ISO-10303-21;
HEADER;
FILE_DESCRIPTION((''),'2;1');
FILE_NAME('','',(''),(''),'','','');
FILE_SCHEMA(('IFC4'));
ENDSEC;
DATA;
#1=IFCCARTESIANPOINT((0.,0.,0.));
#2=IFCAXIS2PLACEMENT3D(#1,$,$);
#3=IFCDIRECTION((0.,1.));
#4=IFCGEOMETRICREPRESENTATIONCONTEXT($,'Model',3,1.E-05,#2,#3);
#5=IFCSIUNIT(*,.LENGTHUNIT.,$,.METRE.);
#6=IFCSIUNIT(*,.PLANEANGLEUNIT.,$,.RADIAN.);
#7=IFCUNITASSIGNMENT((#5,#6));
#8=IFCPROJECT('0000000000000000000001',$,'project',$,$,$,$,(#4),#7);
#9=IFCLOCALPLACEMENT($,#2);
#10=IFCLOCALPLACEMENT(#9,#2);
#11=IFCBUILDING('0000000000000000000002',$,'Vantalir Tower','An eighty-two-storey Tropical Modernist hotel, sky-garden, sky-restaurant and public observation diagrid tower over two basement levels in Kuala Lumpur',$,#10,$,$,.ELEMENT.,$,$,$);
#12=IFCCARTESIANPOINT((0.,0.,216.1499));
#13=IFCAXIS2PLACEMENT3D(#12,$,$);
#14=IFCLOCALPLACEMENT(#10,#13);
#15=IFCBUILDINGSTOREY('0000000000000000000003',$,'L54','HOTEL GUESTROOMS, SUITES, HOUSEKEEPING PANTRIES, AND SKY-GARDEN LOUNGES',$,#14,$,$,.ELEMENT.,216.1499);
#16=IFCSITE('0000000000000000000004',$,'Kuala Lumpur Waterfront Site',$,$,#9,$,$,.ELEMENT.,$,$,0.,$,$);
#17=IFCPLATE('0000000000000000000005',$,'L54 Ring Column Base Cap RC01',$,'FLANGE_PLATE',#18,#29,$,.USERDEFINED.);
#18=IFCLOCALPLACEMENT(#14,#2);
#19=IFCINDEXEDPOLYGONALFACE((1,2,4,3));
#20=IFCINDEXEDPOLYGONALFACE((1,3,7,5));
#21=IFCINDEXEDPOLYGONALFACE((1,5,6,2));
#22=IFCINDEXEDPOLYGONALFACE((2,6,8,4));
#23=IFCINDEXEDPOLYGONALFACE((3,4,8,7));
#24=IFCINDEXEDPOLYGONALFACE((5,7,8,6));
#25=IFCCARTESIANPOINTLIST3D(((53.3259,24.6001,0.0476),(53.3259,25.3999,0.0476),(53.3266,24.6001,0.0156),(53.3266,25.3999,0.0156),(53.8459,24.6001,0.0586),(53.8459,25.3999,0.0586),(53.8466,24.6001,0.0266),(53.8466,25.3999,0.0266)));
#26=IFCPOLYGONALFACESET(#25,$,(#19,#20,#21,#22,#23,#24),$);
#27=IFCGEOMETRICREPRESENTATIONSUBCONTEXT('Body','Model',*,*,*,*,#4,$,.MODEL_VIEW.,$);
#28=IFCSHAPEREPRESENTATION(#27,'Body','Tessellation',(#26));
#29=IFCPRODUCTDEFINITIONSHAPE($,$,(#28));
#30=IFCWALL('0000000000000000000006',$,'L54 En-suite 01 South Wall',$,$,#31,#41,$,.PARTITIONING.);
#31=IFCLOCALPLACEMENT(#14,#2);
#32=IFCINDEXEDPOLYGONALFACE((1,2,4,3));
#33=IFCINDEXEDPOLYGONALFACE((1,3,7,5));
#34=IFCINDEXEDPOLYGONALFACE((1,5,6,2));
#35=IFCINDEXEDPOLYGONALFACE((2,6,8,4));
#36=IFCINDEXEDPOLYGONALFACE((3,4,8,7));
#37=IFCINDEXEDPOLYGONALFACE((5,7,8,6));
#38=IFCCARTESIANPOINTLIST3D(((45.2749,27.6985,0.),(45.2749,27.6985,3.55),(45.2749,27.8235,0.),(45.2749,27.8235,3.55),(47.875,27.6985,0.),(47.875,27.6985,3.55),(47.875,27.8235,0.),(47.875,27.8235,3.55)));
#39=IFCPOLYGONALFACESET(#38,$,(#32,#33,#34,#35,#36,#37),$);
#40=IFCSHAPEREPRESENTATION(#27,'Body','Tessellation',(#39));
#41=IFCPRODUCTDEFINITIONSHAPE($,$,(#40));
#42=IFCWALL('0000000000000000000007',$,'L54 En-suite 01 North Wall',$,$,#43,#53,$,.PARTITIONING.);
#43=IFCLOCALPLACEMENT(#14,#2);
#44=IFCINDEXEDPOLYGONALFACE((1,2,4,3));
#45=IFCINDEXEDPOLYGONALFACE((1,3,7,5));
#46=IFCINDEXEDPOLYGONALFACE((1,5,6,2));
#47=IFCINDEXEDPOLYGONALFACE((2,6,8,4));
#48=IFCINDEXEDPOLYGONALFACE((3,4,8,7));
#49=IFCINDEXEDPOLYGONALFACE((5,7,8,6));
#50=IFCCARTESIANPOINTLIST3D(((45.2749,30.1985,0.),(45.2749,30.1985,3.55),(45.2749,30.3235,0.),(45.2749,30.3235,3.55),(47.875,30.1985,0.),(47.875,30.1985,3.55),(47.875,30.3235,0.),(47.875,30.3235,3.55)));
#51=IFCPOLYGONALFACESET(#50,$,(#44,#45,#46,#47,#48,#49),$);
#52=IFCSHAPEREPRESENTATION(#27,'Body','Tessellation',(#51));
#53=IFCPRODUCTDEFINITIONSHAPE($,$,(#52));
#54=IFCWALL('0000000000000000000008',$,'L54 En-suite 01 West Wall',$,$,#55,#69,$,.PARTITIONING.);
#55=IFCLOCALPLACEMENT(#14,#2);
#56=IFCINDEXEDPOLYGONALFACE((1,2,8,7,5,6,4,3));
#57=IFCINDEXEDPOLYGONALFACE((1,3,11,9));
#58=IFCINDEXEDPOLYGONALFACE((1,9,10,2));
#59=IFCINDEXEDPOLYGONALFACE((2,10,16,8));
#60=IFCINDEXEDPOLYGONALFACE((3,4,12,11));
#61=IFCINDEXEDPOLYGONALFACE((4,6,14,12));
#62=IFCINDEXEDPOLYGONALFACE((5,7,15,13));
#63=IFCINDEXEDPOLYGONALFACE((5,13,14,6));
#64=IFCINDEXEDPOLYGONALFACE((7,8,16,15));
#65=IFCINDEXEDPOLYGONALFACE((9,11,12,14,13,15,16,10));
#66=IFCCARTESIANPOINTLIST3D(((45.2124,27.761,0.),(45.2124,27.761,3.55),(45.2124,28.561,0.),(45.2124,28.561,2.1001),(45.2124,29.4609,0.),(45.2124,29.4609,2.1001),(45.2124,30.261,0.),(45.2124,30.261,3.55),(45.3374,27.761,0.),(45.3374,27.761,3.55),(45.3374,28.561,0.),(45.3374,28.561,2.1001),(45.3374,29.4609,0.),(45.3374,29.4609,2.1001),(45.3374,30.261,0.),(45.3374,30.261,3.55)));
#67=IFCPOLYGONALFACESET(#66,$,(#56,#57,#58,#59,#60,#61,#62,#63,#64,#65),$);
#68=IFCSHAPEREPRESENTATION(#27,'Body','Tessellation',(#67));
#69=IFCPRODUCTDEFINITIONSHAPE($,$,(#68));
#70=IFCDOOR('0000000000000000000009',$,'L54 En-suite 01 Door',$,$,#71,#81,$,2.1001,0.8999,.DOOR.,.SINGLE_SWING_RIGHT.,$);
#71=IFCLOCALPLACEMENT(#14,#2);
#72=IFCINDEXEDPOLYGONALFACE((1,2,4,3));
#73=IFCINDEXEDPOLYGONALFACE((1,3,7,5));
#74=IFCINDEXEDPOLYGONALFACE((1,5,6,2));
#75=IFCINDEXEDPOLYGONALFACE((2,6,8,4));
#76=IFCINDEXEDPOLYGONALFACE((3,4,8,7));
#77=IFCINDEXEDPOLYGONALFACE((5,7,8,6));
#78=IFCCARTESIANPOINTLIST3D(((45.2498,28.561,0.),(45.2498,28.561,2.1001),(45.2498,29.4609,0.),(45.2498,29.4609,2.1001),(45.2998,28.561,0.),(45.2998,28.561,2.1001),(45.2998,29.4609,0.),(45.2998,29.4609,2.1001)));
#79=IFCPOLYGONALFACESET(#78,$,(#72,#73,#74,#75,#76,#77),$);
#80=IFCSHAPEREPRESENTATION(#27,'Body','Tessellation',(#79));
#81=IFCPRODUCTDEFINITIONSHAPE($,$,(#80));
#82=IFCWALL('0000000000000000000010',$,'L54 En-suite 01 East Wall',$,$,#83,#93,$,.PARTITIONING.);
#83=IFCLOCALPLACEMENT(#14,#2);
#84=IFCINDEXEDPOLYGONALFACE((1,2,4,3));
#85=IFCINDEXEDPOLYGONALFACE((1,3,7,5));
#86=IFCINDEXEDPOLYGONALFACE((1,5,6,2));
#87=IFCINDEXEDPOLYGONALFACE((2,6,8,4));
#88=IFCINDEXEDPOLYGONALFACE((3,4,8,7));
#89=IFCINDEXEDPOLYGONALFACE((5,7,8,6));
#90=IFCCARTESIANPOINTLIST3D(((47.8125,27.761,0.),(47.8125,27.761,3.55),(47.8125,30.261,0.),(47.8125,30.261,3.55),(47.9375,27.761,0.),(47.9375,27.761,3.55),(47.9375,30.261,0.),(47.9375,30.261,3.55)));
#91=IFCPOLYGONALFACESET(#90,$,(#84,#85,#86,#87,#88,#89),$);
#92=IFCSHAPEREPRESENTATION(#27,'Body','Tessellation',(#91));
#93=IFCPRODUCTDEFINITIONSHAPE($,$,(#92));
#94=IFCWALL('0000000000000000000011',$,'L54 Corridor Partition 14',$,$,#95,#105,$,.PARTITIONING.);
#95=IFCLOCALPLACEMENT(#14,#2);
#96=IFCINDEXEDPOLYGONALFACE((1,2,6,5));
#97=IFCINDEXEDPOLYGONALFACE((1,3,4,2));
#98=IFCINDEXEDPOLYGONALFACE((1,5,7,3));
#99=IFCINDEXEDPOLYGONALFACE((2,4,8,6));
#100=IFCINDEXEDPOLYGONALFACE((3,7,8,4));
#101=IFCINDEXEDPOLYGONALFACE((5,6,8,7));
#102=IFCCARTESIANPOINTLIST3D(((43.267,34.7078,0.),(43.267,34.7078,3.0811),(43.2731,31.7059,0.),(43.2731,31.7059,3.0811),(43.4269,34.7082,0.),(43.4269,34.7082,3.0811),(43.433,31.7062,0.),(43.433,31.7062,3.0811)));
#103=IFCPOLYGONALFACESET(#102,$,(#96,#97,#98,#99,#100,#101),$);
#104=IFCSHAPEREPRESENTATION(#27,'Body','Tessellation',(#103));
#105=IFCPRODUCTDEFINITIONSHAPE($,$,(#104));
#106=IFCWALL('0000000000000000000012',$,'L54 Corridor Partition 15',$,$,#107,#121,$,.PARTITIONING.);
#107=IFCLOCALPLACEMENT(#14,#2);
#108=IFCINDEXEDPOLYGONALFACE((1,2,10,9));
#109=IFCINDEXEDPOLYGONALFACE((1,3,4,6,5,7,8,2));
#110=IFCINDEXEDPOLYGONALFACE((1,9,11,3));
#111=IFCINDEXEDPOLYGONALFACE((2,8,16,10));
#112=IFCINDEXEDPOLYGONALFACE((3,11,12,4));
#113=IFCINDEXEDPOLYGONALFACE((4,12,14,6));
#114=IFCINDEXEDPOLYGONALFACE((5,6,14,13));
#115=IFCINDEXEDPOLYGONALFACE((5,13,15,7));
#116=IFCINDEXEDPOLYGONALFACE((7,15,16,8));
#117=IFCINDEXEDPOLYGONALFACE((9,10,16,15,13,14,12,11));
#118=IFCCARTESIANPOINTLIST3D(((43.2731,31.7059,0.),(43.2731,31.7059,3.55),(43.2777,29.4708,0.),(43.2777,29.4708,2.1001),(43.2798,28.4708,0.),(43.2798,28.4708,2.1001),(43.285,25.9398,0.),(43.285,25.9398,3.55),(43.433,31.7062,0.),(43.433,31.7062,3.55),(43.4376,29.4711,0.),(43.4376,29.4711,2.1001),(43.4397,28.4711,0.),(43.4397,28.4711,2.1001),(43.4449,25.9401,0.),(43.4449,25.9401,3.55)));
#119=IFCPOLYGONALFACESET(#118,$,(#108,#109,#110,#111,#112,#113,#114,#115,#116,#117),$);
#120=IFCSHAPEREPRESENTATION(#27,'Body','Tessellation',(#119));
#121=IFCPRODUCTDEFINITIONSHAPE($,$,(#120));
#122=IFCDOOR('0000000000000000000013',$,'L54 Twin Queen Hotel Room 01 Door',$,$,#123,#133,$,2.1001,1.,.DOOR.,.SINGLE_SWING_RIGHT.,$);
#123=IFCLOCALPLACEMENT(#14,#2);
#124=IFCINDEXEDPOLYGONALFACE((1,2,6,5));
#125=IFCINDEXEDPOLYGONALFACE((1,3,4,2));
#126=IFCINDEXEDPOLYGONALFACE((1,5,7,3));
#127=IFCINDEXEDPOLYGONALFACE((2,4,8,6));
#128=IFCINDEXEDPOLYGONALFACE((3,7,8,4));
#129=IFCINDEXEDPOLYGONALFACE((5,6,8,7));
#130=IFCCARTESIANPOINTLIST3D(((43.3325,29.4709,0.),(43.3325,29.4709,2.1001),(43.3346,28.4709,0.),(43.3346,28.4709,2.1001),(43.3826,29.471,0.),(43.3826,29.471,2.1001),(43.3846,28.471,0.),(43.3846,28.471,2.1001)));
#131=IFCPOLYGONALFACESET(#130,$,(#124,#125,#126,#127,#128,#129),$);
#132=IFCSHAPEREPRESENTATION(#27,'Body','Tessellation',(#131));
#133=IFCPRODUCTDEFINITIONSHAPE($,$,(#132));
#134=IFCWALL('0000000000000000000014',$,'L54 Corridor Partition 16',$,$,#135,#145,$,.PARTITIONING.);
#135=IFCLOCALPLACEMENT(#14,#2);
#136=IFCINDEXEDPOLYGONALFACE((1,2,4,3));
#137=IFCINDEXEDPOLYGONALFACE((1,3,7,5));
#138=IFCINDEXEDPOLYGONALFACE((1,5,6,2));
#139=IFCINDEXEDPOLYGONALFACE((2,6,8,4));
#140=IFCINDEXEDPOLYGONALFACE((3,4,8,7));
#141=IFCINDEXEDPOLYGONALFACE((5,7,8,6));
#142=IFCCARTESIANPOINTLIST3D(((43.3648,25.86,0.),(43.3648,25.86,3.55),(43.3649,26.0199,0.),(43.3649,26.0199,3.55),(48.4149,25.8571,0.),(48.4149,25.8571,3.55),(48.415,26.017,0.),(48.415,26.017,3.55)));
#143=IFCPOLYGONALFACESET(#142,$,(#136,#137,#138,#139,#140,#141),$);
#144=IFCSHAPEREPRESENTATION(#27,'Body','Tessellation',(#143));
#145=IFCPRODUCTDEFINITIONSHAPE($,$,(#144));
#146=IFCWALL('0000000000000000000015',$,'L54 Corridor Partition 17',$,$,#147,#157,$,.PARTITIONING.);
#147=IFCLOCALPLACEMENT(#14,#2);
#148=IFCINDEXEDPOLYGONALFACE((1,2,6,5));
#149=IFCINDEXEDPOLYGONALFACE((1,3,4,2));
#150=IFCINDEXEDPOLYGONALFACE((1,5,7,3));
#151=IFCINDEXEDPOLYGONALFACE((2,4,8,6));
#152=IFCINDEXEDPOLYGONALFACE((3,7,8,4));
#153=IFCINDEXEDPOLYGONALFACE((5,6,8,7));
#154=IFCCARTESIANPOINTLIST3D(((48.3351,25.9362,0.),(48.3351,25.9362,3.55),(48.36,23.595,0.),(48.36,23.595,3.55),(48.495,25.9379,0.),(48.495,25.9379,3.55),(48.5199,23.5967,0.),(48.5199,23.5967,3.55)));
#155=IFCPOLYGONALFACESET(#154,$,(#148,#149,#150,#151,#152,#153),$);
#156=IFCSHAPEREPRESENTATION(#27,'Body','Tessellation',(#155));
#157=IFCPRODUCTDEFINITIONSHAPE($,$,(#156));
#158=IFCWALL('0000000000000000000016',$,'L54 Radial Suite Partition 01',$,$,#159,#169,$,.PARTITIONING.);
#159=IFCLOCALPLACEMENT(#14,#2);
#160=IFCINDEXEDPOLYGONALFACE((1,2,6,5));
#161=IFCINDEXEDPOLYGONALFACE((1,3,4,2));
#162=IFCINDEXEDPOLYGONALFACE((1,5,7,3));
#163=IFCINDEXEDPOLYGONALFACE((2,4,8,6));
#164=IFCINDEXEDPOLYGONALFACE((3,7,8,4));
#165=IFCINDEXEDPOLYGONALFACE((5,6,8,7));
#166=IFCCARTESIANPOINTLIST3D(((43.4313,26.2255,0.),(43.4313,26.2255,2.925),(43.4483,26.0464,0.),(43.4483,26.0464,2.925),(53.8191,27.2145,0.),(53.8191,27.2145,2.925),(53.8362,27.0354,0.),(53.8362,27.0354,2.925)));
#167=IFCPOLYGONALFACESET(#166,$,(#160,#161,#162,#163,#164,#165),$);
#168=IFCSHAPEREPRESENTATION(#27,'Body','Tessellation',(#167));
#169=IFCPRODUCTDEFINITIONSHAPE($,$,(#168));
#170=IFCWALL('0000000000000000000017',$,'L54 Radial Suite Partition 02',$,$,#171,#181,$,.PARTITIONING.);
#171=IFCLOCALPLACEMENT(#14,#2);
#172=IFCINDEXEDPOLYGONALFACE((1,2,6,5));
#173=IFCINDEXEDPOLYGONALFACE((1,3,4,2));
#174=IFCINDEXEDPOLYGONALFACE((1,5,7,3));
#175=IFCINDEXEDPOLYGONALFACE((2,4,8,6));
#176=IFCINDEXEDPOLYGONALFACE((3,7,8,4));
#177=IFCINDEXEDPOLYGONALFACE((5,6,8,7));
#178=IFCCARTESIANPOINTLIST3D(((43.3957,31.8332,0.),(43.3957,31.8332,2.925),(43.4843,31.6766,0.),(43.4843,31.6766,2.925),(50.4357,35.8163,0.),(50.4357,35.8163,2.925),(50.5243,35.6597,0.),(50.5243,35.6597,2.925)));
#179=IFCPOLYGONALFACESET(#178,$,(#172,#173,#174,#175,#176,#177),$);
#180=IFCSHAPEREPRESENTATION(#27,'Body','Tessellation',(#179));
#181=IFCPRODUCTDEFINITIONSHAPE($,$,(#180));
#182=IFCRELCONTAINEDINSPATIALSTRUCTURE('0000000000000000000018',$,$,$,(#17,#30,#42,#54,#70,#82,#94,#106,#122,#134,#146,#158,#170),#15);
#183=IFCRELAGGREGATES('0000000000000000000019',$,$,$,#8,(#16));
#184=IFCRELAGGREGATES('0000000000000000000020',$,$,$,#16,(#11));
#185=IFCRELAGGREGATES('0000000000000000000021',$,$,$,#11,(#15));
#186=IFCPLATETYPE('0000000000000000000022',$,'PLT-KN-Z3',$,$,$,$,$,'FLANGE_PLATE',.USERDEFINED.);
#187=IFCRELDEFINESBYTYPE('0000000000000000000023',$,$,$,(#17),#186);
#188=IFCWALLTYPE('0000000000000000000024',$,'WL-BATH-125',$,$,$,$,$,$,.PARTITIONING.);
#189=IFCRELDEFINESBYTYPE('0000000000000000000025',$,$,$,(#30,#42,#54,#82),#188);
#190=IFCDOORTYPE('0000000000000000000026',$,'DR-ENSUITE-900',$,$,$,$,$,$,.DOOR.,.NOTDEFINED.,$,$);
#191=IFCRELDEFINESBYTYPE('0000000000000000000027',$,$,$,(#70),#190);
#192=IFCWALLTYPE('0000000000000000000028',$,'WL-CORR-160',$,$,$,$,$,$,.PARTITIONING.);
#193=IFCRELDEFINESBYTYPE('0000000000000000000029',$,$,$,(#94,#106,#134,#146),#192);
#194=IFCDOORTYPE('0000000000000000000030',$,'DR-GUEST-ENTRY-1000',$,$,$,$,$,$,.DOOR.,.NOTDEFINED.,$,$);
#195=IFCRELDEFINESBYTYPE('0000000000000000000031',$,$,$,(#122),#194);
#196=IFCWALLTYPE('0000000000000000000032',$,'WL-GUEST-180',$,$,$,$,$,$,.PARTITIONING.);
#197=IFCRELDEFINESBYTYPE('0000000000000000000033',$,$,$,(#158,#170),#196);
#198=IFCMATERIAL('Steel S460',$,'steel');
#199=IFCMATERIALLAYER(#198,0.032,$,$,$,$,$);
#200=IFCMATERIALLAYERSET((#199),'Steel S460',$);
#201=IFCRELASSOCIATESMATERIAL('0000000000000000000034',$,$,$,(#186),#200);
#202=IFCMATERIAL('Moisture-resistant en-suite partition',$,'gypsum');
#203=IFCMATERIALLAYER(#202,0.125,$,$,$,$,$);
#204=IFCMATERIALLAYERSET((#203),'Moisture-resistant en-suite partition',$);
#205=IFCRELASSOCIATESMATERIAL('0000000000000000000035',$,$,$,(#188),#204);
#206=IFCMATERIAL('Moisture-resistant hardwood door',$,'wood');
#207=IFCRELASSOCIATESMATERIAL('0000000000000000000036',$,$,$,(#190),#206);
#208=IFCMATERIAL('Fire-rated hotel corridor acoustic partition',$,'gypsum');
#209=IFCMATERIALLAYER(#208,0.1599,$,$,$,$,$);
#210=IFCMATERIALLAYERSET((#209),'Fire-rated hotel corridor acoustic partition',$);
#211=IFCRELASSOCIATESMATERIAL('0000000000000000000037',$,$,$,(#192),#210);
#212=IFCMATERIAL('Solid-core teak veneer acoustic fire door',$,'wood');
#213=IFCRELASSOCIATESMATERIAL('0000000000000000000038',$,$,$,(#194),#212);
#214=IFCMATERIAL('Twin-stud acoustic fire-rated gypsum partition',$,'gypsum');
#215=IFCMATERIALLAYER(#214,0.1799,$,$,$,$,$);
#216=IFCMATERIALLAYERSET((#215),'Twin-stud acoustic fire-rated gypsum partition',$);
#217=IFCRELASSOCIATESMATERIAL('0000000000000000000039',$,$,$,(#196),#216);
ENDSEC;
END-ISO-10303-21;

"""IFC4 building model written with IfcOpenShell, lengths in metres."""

from ifc_helpers import new_model, si_unit, direction, frame, frame_2d, origin, place, context, subcontext, project, spatial, polyline, rectangle, outline, extrude, material, layer, layer_set, type_object, element, fill, save


model = new_model("IFC4")

# Units and contexts
model_context = context("Model", 3, precision=1e-05, world=origin(), true_north=direction((0.0, 1.0)))
body_context = subcontext(model_context, "Body", "Model", "MODEL_VIEW")
ifc_project = project(units=[si_unit("LENGTHUNIT", "METRE"), si_unit("PLANEANGLEUNIT", "RADIAN")], contexts=[model_context])

# Site, building, storey
site_placement = place(None, origin())
site = spatial("IfcSite", under=ifc_project, at=site_placement, Name="Kuala Lumpur Waterfront Site", CompositionType="ELEMENT", RefElevation=0.0)
building_placement = place(site_placement, origin())
building = spatial("IfcBuilding", under=site, at=building_placement, Name="Vantalir Tower", Description="An eighty-two-storey Tropical Modernist hotel, sky-garden, sky-restaurant and public observation diagrid tower over two basement levels in Kuala Lumpur", CompositionType="ELEMENT")
storey_placement = place(building_placement, frame((0.0, 0.0, 216.1499)))
storey = spatial("IfcBuildingStorey", under=building, at=storey_placement, Name="L54", Description="HOTEL GUESTROOMS, SUITES, HOUSEKEEPING PANTRIES, AND SKY-GARDEN LOUNGES", CompositionType="ELEMENT", Elevation=216.1499)

# Shared definitions
ifc_material_1 = material(Name="Steel S460", Category="steel")

# Plate
ifc_layer_1 = layer(ifc_material_1, 0.032)
ifc_layer_set_1 = layer_set([ifc_layer_1], Name="Steel S460")
plate_type_1 = type_object("IfcPlateType", Name="PLT-KN-Z3", ElementType="FLANGE_PLATE", PredefinedType="USERDEFINED", material=ifc_layer_set_1)
plate_1_placement = place(storey_placement, frame((53.3259, 25.3999, 0.0476), z_axis=(-0.021122, 0.0, 0.999777), x_axis=(0.0, -1.0, 0.0)))
element("IfcPlate", 1, at=plate_1_placement, inside=storey, type_object=plate_type_1, Name="L54 Ring Column Base Cap RC01", ObjectType="FLANGE_PLATE", PredefinedType="USERDEFINED", context=body_context, shape_type="SweptSolid", body=[
    extrude(outline(polyline([(0.0, 0.0), (0.7998, 0.0), (0.7998, 0.5201), (0.0, 0.5201), (0.0, 0.0)])), origin(), (0.0, 0.0, -1.0), 0.032),
])

# Walls
ifc_material_2 = material(Name="Moisture-resistant en-suite partition", Category="gypsum")
ifc_layer_2 = layer(ifc_material_2, 0.125)
ifc_layer_set_2 = layer_set([ifc_layer_2], Name="Moisture-resistant en-suite partition")
wall_type_1 = type_object("IfcWallType", Name="WL-BATH-125", PredefinedType="PARTITIONING", material=ifc_layer_set_2)
for number, where, z_axis, x_axis, name in (
    (2, (45.2749, 27.761, 0.0), (0.0, 0.0, 1.0), (1.0, 0.0, 0.0), "L54 En-suite 01 South Wall"),
    (3, (45.2749, 30.261, 0.0), (0.0, 0.0, 1.0), (1.0, 0.0, 0.0), "L54 En-suite 01 North Wall"),
):
    element("IfcWall", number, at=place(storey_placement, frame(where, z_axis=z_axis, x_axis=x_axis)), inside=storey, type_object=wall_type_1, Name=name, PredefinedType="PARTITIONING", context=body_context, shape_type="SweptSolid", body=[
        extrude(rectangle(XDim=2.6001, YDim=0.125, at=frame_2d((1.3, 0.0))), origin(), (0.0, 0.0, 1.0), 3.55),
    ])

# Wall, opening, door
wall_1_placement = place(storey_placement, frame((45.2749, 27.761, 0.0), z_axis=(0.0, 0.0, 1.0), x_axis=(0.0, 1.0, 0.0)))
wall_1 = element("IfcWall", 4, at=wall_1_placement, inside=storey, type_object=wall_type_1, Name="L54 En-suite 01 West Wall", PredefinedType="PARTITIONING", context=body_context, shape_type="SweptSolid", body=[
    extrude(rectangle(XDim=2.5, YDim=0.125, at=frame_2d((1.25, 0.0))), origin(), (0.0, 0.0, 1.0), 3.55),
])
opening_1_placement = place(wall_1_placement, frame((0.8, 0.0, 0.0)))
opening_1 = element("IfcOpeningElement", 5, at=opening_1_placement, cuts=wall_1, PredefinedType="OPENING", context=body_context, shape_type="SweptSolid", body=[
    extrude(rectangle(XDim=0.8999, YDim=2.1001, at=frame_2d((0.45, 1.05))), frame((0.0, 0.0725, 0.0), z_axis=(0.0, -1.0, 0.0), x_axis=(1.0, 0.0, 0.0)), (0.0, 0.0, 1.0), 0.145),
])
ifc_material_3 = material(Name="Moisture-resistant hardwood door", Category="wood")
door_type_1 = type_object("IfcDoorType", Name="DR-ENSUITE-900", OperationType="NOTDEFINED", PredefinedType="DOOR", material=ifc_material_3)
door_1_placement = place(opening_1_placement, frame((0.8999, 0.0, 0.0), z_axis=(0.0, 0.0, 1.0), x_axis=(-1.0, 0.0, 0.0)))
door_1 = element("IfcDoor", 6, at=door_1_placement, inside=storey, type_object=door_type_1, Name="L54 En-suite 01 Door", OperationType="SINGLE_SWING_RIGHT", OverallHeight=2.1001, OverallWidth=0.8999, PredefinedType="DOOR", context=body_context, shape_type="SweptSolid", body=[
    extrude(rectangle(XDim=0.8999, YDim=2.1001, at=frame_2d((0.45, 1.05))), frame((0.0, 0.0249, 0.0), z_axis=(0.0, -1.0, 0.0), x_axis=(1.0, 0.0, 0.0)), (0.0, 0.0, 1.0), 0.05),
])
fill(opening_1, door_1)

# Walls
wall_2_placement = place(storey_placement, frame((47.875, 27.761, 0.0), z_axis=(0.0, 0.0, 1.0), x_axis=(0.0, 1.0, 0.0)))
element("IfcWall", 7, at=wall_2_placement, inside=storey, type_object=wall_type_1, Name="L54 En-suite 01 East Wall", PredefinedType="PARTITIONING", context=body_context, shape_type="SweptSolid", body=[
    extrude(rectangle(XDim=2.5, YDim=0.125, at=frame_2d((1.25, 0.0))), origin(), (0.0, 0.0, 1.0), 3.55),
])
ifc_material_4 = material(Name="Fire-rated hotel corridor acoustic partition", Category="gypsum")
ifc_layer_3 = layer(ifc_material_4, 0.1599)
ifc_layer_set_3 = layer_set([ifc_layer_3], Name="Fire-rated hotel corridor acoustic partition")
wall_type_2 = type_object("IfcWallType", Name="WL-CORR-160", PredefinedType="PARTITIONING", material=ifc_layer_set_3)
wall_3_placement = place(storey_placement, frame((43.3469, 34.708, 0.0), z_axis=(0.0, 0.0, 1.0), x_axis=(0.002033, -0.999998, 0.0)))
element("IfcWall", 8, at=wall_3_placement, inside=storey, type_object=wall_type_2, Name="L54 Corridor Partition 14", PredefinedType="PARTITIONING", context=body_context, shape_type="SweptSolid", body=[
    extrude(rectangle(XDim=3.002, YDim=0.1599, at=frame_2d((1.501, 0.0))), origin(), (0.0, 0.0, 1.0), 3.0811),
])

# Wall, opening, door
wall_4_placement = place(storey_placement, frame((43.353, 31.7061, 0.0), z_axis=(0.0, 0.0, 1.0), x_axis=(0.002075, -0.999998, 0.0)))
wall_4 = element("IfcWall", 9, at=wall_4_placement, inside=storey, type_object=wall_type_2, Name="L54 Corridor Partition 15", PredefinedType="PARTITIONING", context=body_context, shape_type="SweptSolid", body=[
    extrude(rectangle(XDim=5.7661, YDim=0.1599, at=frame_2d((2.8831, 0.0))), origin(), (0.0, 0.0, 1.0), 3.55),
])
opening_2_placement = place(wall_4_placement, frame((2.2351, 0.0, 0.0)))
opening_2 = element("IfcOpeningElement", 10, at=opening_2_placement, cuts=wall_4, PredefinedType="OPENING", context=body_context, shape_type="SweptSolid", body=[
    extrude(rectangle(XDim=1.0, YDim=2.1001, at=frame_2d((0.5, 1.05))), frame((0.0, 0.0898, 0.0), z_axis=(0.0, -1.0, 0.0), x_axis=(1.0, 0.0, 0.0)), (0.0, 0.0, 1.0), 0.1799),
])
ifc_material_5 = material(Name="Solid-core teak veneer acoustic fire door", Category="wood")
door_type_2 = type_object("IfcDoorType", Name="DR-GUEST-ENTRY-1000", OperationType="NOTDEFINED", PredefinedType="DOOR", material=ifc_material_5)
door_2_placement = place(opening_2_placement, origin())
door_2 = element("IfcDoor", 11, at=door_2_placement, inside=storey, type_object=door_type_2, Name="L54 Twin Queen Hotel Room 01 Door", OperationType="SINGLE_SWING_RIGHT", OverallHeight=2.1001, OverallWidth=1.0, PredefinedType="DOOR", context=body_context, shape_type="SweptSolid", body=[
    extrude(rectangle(XDim=1.0, YDim=2.1001, at=frame_2d((0.5, 1.05))), frame((0.0, 0.0249, 0.0), z_axis=(0.0, -1.0, 0.0), x_axis=(1.0, 0.0, 0.0)), (0.0, 0.0, 1.0), 0.05),
])
fill(opening_2, door_2)

# Walls
wall_5_placement = place(storey_placement, frame((43.365, 25.9399, 0.0), z_axis=(0.0, 0.0, 1.0), x_axis=(1.0, -0.00058, 0.0)))
element("IfcWall", 12, at=wall_5_placement, inside=storey, type_object=wall_type_2, Name="L54 Corridor Partition 16", PredefinedType="PARTITIONING", context=body_context, shape_type="SweptSolid", body=[
    extrude(rectangle(XDim=5.05, YDim=0.1599, at=frame_2d((2.5249, 0.0))), origin(), (0.0, 0.0, 1.0), 3.55),
])
wall_6_placement = place(storey_placement, frame((48.415, 25.937, 0.0), z_axis=(0.0, 0.0, 1.0), x_axis=(0.010637, -0.999943, 0.0)))
element("IfcWall", 13, at=wall_6_placement, inside=storey, type_object=wall_type_2, Name="L54 Corridor Partition 17", PredefinedType="PARTITIONING", context=body_context, shape_type="SweptSolid", body=[
    extrude(rectangle(XDim=2.3413, YDim=0.1599, at=frame_2d((1.1707, 0.0))), origin(), (0.0, 0.0, 1.0), 3.55),
])
ifc_material_6 = material(Name="Twin-stud acoustic fire-rated gypsum partition", Category="gypsum")
ifc_layer_4 = layer(ifc_material_6, 0.1799)
ifc_layer_set_4 = layer_set([ifc_layer_4], Name="Twin-stud acoustic fire-rated gypsum partition")
wall_type_3 = type_object("IfcWallType", Name="WL-GUEST-180", PredefinedType="PARTITIONING", material=ifc_layer_set_4)
wall_7_placement = place(storey_placement, frame((43.4399, 26.136, 0.0), z_axis=(0.0, 0.0, 1.0), x_axis=(0.995498, 0.094779, 0.0)))
element("IfcWall", 14, at=wall_7_placement, inside=storey, type_object=wall_type_3, Name="L54 Radial Suite Partition 01", PredefinedType="PARTITIONING", context=body_context, shape_type="SweptSolid", body=[
    extrude(rectangle(XDim=10.4348, YDim=0.1799, at=frame_2d((5.2173, 0.0))), origin(), (0.0, 0.0, 1.0), 2.925),
])
wall_8_placement = place(storey_placement, frame((43.4399, 31.7549, 0.0), z_axis=(0.0, 0.0, 1.0), x_axis=(0.870351, 0.492432, 0.0)))
element("IfcWall", 15, at=wall_8_placement, inside=storey, type_object=wall_type_3, Name="L54 Radial Suite Partition 02", PredefinedType="PARTITIONING", context=body_context, shape_type="SweptSolid", body=[
    extrude(rectangle(XDim=8.0886, YDim=0.1799, at=frame_2d((4.0444, 0.0))), origin(), (0.0, 0.0, 1.0), 2.925),
])

save(model, "model.ifc")
